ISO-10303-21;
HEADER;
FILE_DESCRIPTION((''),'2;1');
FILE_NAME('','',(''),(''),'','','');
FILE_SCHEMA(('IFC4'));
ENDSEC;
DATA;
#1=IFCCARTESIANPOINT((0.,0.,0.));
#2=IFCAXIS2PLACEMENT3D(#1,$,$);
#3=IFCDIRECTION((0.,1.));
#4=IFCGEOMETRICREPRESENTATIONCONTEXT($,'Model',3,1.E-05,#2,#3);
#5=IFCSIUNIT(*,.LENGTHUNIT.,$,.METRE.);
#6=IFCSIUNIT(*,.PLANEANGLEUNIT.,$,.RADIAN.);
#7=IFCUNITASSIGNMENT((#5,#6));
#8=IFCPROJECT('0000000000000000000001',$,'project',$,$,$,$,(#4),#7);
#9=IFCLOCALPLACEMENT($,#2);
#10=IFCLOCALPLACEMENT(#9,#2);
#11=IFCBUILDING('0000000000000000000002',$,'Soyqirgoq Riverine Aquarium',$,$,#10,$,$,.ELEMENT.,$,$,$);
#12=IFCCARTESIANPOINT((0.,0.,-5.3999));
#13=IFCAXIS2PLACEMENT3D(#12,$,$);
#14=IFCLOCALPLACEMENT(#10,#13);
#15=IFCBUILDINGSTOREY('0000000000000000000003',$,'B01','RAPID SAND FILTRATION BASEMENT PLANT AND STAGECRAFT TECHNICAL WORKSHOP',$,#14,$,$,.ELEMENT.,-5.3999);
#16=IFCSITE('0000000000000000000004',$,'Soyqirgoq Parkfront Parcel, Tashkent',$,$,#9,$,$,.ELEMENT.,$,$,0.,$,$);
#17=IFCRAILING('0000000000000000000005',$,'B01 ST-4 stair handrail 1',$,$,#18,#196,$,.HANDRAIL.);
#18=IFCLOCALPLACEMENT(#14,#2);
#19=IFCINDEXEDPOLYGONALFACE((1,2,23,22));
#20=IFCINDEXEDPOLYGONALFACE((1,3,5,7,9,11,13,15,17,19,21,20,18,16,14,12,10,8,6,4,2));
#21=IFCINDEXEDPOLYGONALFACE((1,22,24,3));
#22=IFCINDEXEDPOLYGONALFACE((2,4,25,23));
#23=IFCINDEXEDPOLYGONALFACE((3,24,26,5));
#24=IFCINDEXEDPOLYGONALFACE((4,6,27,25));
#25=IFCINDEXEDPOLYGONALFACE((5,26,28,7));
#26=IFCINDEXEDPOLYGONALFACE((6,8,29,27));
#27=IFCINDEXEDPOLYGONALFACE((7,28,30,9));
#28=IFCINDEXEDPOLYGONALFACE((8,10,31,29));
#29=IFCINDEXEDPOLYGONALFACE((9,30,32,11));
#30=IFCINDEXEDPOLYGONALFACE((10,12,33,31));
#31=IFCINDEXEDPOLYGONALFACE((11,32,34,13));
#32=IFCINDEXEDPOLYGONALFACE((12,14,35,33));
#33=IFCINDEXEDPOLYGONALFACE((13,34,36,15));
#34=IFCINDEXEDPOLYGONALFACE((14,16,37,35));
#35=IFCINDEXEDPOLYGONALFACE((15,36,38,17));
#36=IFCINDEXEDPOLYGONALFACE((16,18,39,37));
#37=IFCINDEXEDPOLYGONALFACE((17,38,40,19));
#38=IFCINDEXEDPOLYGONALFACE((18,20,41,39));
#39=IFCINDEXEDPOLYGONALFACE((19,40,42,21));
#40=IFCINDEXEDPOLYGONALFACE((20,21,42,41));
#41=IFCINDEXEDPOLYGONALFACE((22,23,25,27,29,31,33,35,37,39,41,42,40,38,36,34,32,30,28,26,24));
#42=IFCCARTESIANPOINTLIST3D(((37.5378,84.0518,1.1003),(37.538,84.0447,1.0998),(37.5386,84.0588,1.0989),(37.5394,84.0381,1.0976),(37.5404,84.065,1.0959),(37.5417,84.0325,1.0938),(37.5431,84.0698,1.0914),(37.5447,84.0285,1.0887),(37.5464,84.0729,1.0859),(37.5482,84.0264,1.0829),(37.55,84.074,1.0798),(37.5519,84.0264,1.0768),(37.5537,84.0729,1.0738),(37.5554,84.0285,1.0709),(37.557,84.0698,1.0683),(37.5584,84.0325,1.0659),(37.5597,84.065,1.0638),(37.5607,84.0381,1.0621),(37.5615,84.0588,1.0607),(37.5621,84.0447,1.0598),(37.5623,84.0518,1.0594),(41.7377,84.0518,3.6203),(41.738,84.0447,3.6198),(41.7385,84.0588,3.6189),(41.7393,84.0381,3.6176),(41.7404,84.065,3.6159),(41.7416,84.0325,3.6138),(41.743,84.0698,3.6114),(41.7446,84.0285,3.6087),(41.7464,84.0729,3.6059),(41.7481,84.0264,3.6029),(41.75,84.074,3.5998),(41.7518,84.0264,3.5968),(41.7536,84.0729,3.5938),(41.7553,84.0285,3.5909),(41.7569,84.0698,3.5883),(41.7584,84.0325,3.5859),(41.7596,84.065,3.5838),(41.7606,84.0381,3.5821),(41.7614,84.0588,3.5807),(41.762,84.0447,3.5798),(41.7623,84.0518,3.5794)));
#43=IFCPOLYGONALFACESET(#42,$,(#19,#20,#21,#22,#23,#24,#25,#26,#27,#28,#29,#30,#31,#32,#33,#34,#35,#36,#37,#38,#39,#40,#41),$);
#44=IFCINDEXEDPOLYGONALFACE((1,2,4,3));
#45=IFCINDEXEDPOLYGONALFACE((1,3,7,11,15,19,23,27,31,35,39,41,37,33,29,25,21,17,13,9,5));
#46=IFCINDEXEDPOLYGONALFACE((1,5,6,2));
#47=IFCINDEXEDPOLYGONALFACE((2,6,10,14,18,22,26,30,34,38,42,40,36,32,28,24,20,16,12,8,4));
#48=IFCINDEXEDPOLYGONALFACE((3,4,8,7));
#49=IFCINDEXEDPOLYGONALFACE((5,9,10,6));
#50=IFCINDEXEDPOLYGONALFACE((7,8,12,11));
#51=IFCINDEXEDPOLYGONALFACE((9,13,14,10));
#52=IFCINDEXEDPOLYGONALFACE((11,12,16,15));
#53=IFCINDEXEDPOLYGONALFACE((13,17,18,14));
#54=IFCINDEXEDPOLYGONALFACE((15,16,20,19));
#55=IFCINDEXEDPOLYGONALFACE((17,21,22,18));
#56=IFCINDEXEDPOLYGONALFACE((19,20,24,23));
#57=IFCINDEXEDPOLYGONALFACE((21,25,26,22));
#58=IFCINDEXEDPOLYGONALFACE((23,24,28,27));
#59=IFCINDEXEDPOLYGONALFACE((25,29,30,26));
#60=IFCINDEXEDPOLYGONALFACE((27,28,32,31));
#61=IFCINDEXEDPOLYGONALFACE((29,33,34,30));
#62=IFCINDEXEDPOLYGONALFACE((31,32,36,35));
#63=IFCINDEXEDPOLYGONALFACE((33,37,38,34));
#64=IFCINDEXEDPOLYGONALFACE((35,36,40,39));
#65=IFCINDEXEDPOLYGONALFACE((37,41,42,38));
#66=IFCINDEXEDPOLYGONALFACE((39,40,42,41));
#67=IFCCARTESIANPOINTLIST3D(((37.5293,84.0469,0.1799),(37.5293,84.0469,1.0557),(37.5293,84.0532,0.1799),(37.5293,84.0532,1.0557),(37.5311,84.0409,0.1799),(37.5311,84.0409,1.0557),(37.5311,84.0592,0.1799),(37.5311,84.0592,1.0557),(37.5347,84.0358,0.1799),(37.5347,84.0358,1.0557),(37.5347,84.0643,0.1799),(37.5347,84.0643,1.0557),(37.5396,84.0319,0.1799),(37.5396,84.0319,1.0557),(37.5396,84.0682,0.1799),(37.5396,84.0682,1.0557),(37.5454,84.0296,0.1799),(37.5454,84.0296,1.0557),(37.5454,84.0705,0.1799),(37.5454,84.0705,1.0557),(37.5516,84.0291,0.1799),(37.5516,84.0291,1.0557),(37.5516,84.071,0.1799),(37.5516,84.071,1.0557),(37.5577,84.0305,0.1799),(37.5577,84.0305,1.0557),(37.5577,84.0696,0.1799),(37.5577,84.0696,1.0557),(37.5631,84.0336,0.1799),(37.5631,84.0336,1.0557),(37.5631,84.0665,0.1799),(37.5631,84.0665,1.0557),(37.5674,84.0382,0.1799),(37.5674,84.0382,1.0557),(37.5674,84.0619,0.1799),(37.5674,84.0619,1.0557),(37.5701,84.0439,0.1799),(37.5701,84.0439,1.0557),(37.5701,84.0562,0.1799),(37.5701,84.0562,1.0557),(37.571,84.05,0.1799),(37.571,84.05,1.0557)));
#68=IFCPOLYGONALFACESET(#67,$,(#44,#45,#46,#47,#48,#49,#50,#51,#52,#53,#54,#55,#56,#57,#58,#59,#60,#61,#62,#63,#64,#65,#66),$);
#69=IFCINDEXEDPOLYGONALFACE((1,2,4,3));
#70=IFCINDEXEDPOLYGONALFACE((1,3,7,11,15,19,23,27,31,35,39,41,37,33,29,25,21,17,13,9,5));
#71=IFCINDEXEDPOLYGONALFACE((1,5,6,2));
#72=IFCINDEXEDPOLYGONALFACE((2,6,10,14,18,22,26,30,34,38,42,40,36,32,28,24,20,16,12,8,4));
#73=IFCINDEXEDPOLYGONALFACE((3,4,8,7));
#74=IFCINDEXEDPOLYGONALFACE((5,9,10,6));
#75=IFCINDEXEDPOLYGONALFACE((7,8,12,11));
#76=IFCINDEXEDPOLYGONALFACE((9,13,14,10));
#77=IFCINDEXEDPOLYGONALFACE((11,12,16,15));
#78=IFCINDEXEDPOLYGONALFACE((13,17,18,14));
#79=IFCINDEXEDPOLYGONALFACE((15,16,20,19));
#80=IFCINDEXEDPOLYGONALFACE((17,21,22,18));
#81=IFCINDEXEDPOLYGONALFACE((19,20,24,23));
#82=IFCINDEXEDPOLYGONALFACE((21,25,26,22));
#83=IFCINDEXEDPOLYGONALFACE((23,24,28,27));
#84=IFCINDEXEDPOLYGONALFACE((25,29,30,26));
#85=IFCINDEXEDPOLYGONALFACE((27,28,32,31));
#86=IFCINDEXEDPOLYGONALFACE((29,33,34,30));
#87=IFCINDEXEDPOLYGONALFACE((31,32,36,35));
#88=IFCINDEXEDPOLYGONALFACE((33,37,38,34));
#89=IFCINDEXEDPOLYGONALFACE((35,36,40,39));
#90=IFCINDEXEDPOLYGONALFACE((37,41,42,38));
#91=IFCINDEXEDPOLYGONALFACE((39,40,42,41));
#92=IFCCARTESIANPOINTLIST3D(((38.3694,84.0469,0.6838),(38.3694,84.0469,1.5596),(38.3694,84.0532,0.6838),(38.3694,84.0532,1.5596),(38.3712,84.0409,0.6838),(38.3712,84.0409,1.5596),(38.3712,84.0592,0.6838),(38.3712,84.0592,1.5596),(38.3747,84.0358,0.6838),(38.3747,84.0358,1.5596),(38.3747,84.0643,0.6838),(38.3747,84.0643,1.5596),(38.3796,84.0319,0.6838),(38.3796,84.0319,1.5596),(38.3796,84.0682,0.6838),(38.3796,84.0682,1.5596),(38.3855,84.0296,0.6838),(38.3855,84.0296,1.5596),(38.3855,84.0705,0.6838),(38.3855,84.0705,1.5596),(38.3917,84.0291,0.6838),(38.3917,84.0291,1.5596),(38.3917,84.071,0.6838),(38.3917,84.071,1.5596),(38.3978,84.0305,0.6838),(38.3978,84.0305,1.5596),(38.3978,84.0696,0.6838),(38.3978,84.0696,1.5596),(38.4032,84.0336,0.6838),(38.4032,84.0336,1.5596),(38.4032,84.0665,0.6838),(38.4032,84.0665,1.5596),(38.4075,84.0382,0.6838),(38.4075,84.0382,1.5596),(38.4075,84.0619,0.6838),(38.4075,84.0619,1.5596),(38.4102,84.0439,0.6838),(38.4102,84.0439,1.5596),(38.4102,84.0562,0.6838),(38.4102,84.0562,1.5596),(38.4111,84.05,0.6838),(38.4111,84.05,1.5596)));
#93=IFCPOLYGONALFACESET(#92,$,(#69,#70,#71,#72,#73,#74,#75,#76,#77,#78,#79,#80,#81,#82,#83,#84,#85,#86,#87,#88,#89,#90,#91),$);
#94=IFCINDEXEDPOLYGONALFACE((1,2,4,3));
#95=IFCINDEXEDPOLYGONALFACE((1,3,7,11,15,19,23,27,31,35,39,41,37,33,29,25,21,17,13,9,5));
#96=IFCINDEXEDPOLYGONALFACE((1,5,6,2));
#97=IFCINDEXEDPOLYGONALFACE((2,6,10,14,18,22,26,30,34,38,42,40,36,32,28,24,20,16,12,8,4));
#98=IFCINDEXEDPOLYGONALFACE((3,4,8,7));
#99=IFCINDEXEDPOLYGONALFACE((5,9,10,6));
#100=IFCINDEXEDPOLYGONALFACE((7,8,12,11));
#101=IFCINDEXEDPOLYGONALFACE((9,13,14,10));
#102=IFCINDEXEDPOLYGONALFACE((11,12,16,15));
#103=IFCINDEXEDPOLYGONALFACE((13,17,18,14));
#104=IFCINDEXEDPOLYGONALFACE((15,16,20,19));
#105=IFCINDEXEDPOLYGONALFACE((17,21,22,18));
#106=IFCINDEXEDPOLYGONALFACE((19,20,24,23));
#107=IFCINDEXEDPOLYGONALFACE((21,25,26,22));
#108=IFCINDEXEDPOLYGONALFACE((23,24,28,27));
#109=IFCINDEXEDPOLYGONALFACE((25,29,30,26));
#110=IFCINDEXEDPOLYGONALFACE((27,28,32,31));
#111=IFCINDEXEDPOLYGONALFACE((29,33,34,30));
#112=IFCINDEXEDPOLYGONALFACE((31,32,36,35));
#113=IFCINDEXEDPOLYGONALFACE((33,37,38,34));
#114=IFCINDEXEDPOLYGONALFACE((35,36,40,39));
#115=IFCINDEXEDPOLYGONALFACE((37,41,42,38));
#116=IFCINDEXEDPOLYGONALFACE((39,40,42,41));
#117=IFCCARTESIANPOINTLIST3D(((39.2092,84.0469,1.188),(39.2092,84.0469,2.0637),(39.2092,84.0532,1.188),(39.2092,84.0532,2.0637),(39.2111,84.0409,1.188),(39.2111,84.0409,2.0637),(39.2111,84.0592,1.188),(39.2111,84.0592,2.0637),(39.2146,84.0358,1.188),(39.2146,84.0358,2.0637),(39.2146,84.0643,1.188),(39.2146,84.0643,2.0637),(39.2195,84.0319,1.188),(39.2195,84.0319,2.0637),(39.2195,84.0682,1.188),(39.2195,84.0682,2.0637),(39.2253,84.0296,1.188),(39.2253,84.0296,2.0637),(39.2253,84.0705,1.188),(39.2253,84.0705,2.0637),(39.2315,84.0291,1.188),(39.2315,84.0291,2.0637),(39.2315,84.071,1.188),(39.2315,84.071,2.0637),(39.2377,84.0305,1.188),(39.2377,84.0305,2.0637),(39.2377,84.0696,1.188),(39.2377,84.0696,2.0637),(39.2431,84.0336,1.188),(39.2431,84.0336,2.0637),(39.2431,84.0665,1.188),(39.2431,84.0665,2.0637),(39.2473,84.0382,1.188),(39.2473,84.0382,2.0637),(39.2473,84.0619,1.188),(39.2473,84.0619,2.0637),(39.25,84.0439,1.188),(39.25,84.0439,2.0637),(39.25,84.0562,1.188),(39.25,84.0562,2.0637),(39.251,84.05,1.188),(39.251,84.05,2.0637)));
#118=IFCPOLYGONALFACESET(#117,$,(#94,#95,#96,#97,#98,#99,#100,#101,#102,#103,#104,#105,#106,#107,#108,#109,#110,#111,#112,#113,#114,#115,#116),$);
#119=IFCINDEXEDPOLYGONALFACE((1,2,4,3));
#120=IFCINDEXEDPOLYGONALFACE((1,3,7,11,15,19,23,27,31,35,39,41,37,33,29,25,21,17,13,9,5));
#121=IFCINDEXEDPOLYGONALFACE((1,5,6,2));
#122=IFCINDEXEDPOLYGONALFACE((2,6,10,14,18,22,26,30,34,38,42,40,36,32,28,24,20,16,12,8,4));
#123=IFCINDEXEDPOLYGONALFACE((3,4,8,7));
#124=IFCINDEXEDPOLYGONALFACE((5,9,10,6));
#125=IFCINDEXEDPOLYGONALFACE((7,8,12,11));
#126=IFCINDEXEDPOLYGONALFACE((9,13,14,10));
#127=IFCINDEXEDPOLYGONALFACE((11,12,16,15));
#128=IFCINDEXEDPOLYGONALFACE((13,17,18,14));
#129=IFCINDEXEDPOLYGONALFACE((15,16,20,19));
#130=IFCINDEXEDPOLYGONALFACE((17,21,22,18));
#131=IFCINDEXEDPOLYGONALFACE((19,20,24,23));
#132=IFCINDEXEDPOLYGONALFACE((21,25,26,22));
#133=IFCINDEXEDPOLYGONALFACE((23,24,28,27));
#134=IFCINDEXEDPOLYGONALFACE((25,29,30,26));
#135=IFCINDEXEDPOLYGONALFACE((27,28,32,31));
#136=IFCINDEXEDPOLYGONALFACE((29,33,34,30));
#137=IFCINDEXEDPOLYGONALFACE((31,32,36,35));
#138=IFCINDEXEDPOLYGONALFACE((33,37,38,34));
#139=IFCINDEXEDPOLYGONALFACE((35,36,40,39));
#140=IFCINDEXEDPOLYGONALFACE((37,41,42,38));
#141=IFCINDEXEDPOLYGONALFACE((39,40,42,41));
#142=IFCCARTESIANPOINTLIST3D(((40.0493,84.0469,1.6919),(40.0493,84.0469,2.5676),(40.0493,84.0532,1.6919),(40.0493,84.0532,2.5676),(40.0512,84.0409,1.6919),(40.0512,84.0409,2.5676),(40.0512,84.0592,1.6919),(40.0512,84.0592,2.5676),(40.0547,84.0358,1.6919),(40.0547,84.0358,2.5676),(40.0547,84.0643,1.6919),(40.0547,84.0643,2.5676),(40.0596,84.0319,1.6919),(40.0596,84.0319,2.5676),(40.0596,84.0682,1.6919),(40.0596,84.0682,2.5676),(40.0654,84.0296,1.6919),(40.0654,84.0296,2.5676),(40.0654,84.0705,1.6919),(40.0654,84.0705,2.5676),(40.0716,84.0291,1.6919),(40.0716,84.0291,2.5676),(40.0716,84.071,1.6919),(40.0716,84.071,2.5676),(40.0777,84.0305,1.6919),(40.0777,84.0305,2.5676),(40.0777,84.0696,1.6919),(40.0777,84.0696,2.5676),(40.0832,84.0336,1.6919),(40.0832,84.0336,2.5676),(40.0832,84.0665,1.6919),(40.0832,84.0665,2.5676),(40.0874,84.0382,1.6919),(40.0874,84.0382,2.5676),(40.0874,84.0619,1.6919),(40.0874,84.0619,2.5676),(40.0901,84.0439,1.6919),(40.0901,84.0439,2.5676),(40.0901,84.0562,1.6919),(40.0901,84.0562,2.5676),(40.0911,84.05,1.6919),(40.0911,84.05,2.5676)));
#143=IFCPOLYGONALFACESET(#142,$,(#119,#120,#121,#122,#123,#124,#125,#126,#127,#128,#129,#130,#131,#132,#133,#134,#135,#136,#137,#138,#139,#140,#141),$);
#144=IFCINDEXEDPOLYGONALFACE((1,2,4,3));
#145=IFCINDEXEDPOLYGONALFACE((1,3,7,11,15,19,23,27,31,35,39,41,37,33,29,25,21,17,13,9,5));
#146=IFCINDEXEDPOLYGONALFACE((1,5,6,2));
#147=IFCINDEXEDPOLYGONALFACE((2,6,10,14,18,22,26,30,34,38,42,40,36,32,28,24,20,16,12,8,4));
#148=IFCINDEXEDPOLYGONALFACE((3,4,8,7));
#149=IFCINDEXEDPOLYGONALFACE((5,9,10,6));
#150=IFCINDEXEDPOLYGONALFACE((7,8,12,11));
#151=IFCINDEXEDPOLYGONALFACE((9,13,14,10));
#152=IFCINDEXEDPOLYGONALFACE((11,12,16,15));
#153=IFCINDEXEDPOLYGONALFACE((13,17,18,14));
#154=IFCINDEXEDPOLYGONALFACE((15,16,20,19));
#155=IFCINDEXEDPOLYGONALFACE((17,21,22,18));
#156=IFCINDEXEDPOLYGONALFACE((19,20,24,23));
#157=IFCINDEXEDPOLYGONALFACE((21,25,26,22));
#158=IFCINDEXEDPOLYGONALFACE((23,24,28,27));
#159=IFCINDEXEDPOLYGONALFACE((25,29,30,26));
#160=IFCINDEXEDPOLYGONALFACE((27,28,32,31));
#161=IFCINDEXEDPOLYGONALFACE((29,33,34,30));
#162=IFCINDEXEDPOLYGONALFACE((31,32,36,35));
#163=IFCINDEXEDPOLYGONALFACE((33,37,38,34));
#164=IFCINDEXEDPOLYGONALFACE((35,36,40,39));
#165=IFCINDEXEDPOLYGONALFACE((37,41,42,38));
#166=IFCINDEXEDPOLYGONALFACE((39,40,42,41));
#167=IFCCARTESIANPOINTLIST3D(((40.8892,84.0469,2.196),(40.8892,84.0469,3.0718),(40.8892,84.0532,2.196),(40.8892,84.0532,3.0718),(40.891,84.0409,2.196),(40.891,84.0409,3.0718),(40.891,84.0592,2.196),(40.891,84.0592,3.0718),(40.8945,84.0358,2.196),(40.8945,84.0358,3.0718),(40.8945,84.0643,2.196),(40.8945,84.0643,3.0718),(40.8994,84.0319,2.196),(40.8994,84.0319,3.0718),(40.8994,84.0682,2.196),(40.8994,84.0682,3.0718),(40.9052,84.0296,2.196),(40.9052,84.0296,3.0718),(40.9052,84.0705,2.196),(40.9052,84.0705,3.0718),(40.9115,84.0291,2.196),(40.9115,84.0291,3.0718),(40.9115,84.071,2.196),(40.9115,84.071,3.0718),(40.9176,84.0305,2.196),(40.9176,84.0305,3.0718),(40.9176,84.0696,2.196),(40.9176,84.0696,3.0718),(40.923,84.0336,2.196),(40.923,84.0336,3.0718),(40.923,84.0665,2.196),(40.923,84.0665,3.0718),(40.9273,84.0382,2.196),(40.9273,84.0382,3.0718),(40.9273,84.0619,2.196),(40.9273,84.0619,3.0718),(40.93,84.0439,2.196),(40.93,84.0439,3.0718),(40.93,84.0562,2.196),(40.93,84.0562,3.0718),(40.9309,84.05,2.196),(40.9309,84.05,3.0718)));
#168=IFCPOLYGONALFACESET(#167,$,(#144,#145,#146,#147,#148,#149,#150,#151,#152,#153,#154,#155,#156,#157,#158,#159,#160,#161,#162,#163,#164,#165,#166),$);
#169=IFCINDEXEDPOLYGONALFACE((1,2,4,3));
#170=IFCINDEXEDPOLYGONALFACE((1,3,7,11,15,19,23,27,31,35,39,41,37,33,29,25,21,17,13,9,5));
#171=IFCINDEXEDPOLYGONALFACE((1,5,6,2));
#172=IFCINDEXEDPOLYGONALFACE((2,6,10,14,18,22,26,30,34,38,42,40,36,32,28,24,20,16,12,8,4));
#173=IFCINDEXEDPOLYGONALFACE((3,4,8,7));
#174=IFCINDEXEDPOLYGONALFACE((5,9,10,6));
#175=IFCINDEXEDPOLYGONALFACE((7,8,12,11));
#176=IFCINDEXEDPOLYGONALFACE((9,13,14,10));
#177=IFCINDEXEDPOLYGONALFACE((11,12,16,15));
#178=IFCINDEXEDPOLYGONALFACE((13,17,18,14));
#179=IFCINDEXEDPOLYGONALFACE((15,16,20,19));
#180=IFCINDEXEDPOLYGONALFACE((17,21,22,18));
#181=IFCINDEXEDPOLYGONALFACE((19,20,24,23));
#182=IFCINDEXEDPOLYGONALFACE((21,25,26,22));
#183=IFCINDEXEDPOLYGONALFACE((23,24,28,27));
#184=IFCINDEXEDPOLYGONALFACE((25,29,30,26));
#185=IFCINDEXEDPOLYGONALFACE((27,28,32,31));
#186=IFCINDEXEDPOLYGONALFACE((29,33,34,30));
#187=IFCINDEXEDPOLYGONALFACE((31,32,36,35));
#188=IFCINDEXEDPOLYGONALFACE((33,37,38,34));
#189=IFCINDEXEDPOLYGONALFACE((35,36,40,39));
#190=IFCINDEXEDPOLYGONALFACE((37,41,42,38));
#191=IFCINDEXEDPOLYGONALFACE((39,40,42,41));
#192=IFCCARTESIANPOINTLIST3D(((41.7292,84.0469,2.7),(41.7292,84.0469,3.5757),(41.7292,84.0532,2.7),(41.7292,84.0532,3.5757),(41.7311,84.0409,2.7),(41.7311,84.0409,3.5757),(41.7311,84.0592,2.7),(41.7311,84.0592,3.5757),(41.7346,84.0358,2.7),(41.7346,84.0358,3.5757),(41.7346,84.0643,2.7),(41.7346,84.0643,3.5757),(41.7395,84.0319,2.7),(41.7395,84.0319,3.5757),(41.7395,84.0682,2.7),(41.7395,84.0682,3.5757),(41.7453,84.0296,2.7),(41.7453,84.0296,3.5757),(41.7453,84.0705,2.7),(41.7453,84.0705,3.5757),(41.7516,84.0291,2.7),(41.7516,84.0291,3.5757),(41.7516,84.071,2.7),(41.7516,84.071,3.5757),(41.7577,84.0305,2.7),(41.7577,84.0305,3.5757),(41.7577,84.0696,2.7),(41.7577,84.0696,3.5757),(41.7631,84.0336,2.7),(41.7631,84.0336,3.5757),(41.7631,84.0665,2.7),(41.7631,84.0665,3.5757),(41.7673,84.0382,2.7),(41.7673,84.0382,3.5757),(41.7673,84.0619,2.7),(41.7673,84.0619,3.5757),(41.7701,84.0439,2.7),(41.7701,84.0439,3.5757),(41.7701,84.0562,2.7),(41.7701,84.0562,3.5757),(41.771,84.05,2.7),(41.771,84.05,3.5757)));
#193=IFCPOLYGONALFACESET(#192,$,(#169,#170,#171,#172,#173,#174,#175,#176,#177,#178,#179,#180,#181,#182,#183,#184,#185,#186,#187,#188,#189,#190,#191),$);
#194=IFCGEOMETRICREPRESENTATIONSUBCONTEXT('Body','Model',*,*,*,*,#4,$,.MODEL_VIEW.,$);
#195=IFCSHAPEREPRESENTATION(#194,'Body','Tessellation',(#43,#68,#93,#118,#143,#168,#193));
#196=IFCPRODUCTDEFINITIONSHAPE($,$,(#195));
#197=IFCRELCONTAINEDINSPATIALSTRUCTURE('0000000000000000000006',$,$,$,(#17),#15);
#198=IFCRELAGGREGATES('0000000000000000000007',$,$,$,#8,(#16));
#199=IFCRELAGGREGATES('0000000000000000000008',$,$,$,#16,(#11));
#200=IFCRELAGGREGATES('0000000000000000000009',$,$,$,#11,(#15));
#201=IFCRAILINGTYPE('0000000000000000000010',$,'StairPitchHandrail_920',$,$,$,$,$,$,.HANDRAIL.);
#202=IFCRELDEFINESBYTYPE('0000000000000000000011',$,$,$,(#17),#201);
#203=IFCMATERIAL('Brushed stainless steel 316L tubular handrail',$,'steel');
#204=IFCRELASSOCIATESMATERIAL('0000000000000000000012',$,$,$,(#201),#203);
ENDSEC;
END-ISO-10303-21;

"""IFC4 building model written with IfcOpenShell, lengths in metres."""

from ifc_helpers import new_model, si_unit, direction, frame, origin, origin_2d, place, context, subcontext, project, spatial, circle, extrude, material, type_object, element, save


model = new_model("IFC4")

# Units and contexts
model_context = context("Model", 3, precision=1e-05, world=origin(), true_north=direction((0.0, 1.0)))
body_context = subcontext(model_context, "Body", "Model", "MODEL_VIEW")
ifc_project = project(units=[si_unit("LENGTHUNIT", "METRE"), si_unit("PLANEANGLEUNIT", "RADIAN")], contexts=[model_context])

# Site, building, storey
site_placement = place(None, origin())
site = spatial("IfcSite", under=ifc_project, at=site_placement, Name="Soyqirgoq Parkfront Parcel, Tashkent", CompositionType="ELEMENT", RefElevation=0.0)
building_placement = place(site_placement, origin())
building = spatial("IfcBuilding", under=site, at=building_placement, Name="Soyqirgoq Riverine Aquarium", CompositionType="ELEMENT")
storey_placement = place(building_placement, frame((0.0, 0.0, -5.3999)))
storey = spatial("IfcBuildingStorey", under=building, at=storey_placement, Name="B01", Description="RAPID SAND FILTRATION BASEMENT PLANT AND STAGECRAFT TECHNICAL WORKSHOP", CompositionType="ELEMENT", Elevation=-5.3999)

# Railing
ifc_material_1 = material(Name="Brushed stainless steel 316L tubular handrail", Category="steel")
railing_type_1 = type_object("IfcRailingType", Name="StairPitchHandrail_920", PredefinedType="HANDRAIL", material=ifc_material_1)
railing_1_placement = place(storey_placement, frame((37.55, 84.05, 0.1799)))
element("IfcRailing", 1, at=railing_1_placement, inside=storey, type_object=railing_type_1, Name="B01 ST-4 stair handrail 1", PredefinedType="HANDRAIL", context=body_context, shape_type="SweptSolid", body=[
    extrude(circle(Radius=0.0239, at=origin_2d()), frame((0.0, 0.0, 0.8999), z_axis=(0.857489, 0.0, 0.514503), x_axis=(0.0, 1.0, 0.0)), (0.0, 0.0, 1.0), 4.8979),
    extrude(circle(Radius=0.021, at=origin_2d()), origin(), (0.0, 0.0, 1.0), 0.8757),
    extrude(circle(Radius=0.021, at=origin_2d()), frame((0.8401, 0.0, 0.5039)), (0.0, 0.0, 1.0), 0.8757),
    extrude(circle(Radius=0.021, at=origin_2d()), frame((1.6799, 0.0, 1.0081)), (0.0, 0.0, 1.0), 0.8757),
    extrude(circle(Radius=0.021, at=origin_2d()), frame((2.52, 0.0, 1.512)), (0.0, 0.0, 1.0), 0.8757),
    extrude(circle(Radius=0.021, at=origin_2d()), frame((3.3599, 0.0, 2.0161)), (0.0, 0.0, 1.0), 0.8757),
    extrude(circle(Radius=0.021, at=origin_2d()), frame((4.2, 0.0, 2.52)), (0.0, 0.0, 1.0), 0.8757),
])

save(model, "model.ifc")
